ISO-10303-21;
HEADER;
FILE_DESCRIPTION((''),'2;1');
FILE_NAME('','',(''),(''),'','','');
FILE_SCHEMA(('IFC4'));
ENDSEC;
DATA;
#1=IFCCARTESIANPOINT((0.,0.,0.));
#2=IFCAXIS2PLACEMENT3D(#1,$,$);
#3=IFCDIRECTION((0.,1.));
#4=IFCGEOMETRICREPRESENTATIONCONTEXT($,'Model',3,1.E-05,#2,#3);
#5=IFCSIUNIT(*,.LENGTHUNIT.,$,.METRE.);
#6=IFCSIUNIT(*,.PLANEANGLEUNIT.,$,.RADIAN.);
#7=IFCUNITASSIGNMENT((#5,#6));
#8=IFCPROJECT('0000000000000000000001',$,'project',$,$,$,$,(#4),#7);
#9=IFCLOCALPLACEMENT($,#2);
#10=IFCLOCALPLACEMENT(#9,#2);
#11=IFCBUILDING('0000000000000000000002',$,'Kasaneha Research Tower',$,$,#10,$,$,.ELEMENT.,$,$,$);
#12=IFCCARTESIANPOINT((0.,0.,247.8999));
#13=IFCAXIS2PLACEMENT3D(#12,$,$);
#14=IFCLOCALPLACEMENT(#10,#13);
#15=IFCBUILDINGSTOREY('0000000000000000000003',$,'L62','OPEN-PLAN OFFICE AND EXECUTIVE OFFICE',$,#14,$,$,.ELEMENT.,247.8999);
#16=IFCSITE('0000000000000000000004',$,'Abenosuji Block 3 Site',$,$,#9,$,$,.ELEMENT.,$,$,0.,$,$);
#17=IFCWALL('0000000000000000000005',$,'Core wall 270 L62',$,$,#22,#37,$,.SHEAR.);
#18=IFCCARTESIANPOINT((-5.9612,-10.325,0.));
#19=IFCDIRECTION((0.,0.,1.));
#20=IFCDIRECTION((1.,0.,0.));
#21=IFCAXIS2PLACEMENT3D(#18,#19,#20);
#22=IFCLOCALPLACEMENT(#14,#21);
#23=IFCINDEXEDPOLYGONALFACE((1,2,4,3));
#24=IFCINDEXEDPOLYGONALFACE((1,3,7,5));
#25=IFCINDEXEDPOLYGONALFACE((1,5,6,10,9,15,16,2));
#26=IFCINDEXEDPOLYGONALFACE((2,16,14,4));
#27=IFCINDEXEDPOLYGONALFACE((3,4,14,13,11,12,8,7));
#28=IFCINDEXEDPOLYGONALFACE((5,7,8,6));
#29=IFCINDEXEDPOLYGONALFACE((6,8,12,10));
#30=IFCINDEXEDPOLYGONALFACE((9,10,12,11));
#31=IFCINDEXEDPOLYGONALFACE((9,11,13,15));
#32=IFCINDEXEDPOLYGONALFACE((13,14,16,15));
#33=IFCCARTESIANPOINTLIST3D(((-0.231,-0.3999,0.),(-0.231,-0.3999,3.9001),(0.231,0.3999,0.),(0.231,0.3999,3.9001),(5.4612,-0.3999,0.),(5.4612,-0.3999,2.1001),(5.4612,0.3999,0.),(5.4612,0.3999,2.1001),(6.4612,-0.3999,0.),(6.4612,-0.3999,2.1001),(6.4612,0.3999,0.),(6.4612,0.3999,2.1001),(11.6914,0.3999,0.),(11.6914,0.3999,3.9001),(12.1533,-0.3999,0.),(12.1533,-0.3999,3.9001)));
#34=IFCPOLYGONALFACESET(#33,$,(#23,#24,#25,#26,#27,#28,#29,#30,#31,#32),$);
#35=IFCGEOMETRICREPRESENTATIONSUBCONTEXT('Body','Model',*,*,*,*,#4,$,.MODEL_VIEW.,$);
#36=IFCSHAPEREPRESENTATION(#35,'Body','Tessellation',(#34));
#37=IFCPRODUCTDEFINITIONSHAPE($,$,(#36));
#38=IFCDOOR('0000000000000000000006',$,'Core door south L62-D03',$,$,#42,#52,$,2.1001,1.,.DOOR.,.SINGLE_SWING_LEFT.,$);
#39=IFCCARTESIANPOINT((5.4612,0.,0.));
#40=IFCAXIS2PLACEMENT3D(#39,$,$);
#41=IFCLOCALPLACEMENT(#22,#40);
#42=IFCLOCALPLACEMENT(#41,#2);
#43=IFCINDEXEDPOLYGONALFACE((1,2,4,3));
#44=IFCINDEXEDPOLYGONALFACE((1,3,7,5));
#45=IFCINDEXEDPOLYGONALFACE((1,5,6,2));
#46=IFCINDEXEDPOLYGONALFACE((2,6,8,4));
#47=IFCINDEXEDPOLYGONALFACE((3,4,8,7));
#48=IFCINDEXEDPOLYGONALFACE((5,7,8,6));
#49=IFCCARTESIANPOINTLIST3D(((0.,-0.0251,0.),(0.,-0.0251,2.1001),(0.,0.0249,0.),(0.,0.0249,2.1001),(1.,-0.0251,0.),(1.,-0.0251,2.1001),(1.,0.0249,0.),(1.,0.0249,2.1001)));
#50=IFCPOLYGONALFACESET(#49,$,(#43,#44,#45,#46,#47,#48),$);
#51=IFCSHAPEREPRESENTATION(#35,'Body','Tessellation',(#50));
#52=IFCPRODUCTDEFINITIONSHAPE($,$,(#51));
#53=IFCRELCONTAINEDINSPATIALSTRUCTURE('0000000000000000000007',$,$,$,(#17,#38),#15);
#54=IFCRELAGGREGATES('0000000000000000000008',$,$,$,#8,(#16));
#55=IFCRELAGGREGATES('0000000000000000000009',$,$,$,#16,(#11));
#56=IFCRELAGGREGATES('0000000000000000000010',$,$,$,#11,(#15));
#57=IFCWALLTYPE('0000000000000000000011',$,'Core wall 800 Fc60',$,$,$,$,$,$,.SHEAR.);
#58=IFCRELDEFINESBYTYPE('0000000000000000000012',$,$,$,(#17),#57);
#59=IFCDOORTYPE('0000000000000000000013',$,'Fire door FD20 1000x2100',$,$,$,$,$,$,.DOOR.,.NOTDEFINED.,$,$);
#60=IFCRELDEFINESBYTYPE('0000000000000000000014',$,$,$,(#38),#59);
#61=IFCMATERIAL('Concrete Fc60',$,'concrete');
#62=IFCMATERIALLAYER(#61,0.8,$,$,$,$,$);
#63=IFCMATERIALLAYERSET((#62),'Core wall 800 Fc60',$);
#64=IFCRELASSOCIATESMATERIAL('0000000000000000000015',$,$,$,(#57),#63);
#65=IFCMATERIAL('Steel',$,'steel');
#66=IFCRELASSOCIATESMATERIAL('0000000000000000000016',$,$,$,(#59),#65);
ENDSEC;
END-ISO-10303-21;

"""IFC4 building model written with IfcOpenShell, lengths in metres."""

from ifc_helpers import new_model, si_unit, direction, frame, frame_2d, origin, place, context, subcontext, project, spatial, polyline, rectangle, outline, extrude, material, layer, layer_set, type_object, element, fill, save


model = new_model("IFC4")

# Units and contexts
model_context = context("Model", 3, precision=1e-05, world=origin(), true_north=direction((0.0, 1.0)))
body_context = subcontext(model_context, "Body", "Model", "MODEL_VIEW")
ifc_project = project(units=[si_unit("LENGTHUNIT", "METRE"), si_unit("PLANEANGLEUNIT", "RADIAN")], contexts=[model_context])

# Site, building, storey
site_placement = place(None, origin())
site = spatial("IfcSite", under=ifc_project, at=site_placement, Name="Abenosuji Block 3 Site", CompositionType="ELEMENT", RefElevation=0.0)
building_placement = place(site_placement, origin())
building = spatial("IfcBuilding", under=site, at=building_placement, Name="Kasaneha Research Tower", CompositionType="ELEMENT")
storey_placement = place(building_placement, frame((0.0, 0.0, 247.8999)))
storey = spatial("IfcBuildingStorey", under=building, at=storey_placement, Name="L62", Description="OPEN-PLAN OFFICE AND EXECUTIVE OFFICE", CompositionType="ELEMENT", Elevation=247.8999)

# Wall, opening, door
ifc_material_1 = material(Name="Concrete Fc60", Category="concrete")
ifc_layer_1 = layer(ifc_material_1, 0.8)
ifc_layer_set_1 = layer_set([ifc_layer_1], Name="Core wall 800 Fc60")
wall_type_1 = type_object("IfcWallType", Name="Core wall 800 Fc60", PredefinedType="SHEAR", material=ifc_layer_set_1)
wall_1_placement = place(storey_placement, frame((-5.9612, -10.325, 0.0), z_axis=(0.0, 0.0, 1.0), x_axis=(1.0, 0.0, 0.0)))
wall_1 = element("IfcWall", 1, at=wall_1_placement, inside=storey, type_object=wall_type_1, Name="Core wall 270 L62", PredefinedType="SHEAR", context=body_context, shape_type="SweptSolid", body=[
    extrude(outline(polyline([(-0.231, -0.3999), (5.4612, -0.3999), (6.4612, -0.3999), (12.1533, -0.3999), (11.6914, 0.3999), (6.4612, 0.3999), (5.4612, 0.3999), (0.231, 0.3999), (-0.231, -0.3999)])), origin(), (0.0, 0.0, 1.0), 3.9001),
])
opening_1_placement = place(wall_1_placement, frame((5.4612, 0.0, 0.0)))
opening_1 = element("IfcOpeningElement", 2, at=opening_1_placement, cuts=wall_1, PredefinedType="OPENING", context=body_context, shape_type="SweptSolid", body=[
    extrude(rectangle(XDim=1.0, YDim=2.1001, at=frame_2d((0.5, 1.05))), frame((0.0, 0.4102, 0.0), z_axis=(0.0, -1.0, 0.0), x_axis=(1.0, 0.0, 0.0)), (0.0, 0.0, 1.0), 0.8201),
])
ifc_material_2 = material(Name="Steel", Category="steel")
door_type_1 = type_object("IfcDoorType", Name="Fire door FD20 1000x2100", OperationType="NOTDEFINED", PredefinedType="DOOR", material=ifc_material_2)
door_1_placement = place(opening_1_placement, origin())
door_1 = element("IfcDoor", 3, at=door_1_placement, inside=storey, type_object=door_type_1, Name="Core door south L62-D03", OperationType="SINGLE_SWING_LEFT", OverallHeight=2.1001, OverallWidth=1.0, PredefinedType="DOOR", context=body_context, shape_type="SweptSolid", body=[
    extrude(rectangle(XDim=1.0, YDim=2.1001, at=frame_2d((0.5, 1.05))), frame((0.0, 0.0249, 0.0), z_axis=(0.0, -1.0, 0.0), x_axis=(1.0, 0.0, 0.0)), (0.0, 0.0, 1.0), 0.05),
])
fill(opening_1, door_1)

save(model, "model.ifc")
